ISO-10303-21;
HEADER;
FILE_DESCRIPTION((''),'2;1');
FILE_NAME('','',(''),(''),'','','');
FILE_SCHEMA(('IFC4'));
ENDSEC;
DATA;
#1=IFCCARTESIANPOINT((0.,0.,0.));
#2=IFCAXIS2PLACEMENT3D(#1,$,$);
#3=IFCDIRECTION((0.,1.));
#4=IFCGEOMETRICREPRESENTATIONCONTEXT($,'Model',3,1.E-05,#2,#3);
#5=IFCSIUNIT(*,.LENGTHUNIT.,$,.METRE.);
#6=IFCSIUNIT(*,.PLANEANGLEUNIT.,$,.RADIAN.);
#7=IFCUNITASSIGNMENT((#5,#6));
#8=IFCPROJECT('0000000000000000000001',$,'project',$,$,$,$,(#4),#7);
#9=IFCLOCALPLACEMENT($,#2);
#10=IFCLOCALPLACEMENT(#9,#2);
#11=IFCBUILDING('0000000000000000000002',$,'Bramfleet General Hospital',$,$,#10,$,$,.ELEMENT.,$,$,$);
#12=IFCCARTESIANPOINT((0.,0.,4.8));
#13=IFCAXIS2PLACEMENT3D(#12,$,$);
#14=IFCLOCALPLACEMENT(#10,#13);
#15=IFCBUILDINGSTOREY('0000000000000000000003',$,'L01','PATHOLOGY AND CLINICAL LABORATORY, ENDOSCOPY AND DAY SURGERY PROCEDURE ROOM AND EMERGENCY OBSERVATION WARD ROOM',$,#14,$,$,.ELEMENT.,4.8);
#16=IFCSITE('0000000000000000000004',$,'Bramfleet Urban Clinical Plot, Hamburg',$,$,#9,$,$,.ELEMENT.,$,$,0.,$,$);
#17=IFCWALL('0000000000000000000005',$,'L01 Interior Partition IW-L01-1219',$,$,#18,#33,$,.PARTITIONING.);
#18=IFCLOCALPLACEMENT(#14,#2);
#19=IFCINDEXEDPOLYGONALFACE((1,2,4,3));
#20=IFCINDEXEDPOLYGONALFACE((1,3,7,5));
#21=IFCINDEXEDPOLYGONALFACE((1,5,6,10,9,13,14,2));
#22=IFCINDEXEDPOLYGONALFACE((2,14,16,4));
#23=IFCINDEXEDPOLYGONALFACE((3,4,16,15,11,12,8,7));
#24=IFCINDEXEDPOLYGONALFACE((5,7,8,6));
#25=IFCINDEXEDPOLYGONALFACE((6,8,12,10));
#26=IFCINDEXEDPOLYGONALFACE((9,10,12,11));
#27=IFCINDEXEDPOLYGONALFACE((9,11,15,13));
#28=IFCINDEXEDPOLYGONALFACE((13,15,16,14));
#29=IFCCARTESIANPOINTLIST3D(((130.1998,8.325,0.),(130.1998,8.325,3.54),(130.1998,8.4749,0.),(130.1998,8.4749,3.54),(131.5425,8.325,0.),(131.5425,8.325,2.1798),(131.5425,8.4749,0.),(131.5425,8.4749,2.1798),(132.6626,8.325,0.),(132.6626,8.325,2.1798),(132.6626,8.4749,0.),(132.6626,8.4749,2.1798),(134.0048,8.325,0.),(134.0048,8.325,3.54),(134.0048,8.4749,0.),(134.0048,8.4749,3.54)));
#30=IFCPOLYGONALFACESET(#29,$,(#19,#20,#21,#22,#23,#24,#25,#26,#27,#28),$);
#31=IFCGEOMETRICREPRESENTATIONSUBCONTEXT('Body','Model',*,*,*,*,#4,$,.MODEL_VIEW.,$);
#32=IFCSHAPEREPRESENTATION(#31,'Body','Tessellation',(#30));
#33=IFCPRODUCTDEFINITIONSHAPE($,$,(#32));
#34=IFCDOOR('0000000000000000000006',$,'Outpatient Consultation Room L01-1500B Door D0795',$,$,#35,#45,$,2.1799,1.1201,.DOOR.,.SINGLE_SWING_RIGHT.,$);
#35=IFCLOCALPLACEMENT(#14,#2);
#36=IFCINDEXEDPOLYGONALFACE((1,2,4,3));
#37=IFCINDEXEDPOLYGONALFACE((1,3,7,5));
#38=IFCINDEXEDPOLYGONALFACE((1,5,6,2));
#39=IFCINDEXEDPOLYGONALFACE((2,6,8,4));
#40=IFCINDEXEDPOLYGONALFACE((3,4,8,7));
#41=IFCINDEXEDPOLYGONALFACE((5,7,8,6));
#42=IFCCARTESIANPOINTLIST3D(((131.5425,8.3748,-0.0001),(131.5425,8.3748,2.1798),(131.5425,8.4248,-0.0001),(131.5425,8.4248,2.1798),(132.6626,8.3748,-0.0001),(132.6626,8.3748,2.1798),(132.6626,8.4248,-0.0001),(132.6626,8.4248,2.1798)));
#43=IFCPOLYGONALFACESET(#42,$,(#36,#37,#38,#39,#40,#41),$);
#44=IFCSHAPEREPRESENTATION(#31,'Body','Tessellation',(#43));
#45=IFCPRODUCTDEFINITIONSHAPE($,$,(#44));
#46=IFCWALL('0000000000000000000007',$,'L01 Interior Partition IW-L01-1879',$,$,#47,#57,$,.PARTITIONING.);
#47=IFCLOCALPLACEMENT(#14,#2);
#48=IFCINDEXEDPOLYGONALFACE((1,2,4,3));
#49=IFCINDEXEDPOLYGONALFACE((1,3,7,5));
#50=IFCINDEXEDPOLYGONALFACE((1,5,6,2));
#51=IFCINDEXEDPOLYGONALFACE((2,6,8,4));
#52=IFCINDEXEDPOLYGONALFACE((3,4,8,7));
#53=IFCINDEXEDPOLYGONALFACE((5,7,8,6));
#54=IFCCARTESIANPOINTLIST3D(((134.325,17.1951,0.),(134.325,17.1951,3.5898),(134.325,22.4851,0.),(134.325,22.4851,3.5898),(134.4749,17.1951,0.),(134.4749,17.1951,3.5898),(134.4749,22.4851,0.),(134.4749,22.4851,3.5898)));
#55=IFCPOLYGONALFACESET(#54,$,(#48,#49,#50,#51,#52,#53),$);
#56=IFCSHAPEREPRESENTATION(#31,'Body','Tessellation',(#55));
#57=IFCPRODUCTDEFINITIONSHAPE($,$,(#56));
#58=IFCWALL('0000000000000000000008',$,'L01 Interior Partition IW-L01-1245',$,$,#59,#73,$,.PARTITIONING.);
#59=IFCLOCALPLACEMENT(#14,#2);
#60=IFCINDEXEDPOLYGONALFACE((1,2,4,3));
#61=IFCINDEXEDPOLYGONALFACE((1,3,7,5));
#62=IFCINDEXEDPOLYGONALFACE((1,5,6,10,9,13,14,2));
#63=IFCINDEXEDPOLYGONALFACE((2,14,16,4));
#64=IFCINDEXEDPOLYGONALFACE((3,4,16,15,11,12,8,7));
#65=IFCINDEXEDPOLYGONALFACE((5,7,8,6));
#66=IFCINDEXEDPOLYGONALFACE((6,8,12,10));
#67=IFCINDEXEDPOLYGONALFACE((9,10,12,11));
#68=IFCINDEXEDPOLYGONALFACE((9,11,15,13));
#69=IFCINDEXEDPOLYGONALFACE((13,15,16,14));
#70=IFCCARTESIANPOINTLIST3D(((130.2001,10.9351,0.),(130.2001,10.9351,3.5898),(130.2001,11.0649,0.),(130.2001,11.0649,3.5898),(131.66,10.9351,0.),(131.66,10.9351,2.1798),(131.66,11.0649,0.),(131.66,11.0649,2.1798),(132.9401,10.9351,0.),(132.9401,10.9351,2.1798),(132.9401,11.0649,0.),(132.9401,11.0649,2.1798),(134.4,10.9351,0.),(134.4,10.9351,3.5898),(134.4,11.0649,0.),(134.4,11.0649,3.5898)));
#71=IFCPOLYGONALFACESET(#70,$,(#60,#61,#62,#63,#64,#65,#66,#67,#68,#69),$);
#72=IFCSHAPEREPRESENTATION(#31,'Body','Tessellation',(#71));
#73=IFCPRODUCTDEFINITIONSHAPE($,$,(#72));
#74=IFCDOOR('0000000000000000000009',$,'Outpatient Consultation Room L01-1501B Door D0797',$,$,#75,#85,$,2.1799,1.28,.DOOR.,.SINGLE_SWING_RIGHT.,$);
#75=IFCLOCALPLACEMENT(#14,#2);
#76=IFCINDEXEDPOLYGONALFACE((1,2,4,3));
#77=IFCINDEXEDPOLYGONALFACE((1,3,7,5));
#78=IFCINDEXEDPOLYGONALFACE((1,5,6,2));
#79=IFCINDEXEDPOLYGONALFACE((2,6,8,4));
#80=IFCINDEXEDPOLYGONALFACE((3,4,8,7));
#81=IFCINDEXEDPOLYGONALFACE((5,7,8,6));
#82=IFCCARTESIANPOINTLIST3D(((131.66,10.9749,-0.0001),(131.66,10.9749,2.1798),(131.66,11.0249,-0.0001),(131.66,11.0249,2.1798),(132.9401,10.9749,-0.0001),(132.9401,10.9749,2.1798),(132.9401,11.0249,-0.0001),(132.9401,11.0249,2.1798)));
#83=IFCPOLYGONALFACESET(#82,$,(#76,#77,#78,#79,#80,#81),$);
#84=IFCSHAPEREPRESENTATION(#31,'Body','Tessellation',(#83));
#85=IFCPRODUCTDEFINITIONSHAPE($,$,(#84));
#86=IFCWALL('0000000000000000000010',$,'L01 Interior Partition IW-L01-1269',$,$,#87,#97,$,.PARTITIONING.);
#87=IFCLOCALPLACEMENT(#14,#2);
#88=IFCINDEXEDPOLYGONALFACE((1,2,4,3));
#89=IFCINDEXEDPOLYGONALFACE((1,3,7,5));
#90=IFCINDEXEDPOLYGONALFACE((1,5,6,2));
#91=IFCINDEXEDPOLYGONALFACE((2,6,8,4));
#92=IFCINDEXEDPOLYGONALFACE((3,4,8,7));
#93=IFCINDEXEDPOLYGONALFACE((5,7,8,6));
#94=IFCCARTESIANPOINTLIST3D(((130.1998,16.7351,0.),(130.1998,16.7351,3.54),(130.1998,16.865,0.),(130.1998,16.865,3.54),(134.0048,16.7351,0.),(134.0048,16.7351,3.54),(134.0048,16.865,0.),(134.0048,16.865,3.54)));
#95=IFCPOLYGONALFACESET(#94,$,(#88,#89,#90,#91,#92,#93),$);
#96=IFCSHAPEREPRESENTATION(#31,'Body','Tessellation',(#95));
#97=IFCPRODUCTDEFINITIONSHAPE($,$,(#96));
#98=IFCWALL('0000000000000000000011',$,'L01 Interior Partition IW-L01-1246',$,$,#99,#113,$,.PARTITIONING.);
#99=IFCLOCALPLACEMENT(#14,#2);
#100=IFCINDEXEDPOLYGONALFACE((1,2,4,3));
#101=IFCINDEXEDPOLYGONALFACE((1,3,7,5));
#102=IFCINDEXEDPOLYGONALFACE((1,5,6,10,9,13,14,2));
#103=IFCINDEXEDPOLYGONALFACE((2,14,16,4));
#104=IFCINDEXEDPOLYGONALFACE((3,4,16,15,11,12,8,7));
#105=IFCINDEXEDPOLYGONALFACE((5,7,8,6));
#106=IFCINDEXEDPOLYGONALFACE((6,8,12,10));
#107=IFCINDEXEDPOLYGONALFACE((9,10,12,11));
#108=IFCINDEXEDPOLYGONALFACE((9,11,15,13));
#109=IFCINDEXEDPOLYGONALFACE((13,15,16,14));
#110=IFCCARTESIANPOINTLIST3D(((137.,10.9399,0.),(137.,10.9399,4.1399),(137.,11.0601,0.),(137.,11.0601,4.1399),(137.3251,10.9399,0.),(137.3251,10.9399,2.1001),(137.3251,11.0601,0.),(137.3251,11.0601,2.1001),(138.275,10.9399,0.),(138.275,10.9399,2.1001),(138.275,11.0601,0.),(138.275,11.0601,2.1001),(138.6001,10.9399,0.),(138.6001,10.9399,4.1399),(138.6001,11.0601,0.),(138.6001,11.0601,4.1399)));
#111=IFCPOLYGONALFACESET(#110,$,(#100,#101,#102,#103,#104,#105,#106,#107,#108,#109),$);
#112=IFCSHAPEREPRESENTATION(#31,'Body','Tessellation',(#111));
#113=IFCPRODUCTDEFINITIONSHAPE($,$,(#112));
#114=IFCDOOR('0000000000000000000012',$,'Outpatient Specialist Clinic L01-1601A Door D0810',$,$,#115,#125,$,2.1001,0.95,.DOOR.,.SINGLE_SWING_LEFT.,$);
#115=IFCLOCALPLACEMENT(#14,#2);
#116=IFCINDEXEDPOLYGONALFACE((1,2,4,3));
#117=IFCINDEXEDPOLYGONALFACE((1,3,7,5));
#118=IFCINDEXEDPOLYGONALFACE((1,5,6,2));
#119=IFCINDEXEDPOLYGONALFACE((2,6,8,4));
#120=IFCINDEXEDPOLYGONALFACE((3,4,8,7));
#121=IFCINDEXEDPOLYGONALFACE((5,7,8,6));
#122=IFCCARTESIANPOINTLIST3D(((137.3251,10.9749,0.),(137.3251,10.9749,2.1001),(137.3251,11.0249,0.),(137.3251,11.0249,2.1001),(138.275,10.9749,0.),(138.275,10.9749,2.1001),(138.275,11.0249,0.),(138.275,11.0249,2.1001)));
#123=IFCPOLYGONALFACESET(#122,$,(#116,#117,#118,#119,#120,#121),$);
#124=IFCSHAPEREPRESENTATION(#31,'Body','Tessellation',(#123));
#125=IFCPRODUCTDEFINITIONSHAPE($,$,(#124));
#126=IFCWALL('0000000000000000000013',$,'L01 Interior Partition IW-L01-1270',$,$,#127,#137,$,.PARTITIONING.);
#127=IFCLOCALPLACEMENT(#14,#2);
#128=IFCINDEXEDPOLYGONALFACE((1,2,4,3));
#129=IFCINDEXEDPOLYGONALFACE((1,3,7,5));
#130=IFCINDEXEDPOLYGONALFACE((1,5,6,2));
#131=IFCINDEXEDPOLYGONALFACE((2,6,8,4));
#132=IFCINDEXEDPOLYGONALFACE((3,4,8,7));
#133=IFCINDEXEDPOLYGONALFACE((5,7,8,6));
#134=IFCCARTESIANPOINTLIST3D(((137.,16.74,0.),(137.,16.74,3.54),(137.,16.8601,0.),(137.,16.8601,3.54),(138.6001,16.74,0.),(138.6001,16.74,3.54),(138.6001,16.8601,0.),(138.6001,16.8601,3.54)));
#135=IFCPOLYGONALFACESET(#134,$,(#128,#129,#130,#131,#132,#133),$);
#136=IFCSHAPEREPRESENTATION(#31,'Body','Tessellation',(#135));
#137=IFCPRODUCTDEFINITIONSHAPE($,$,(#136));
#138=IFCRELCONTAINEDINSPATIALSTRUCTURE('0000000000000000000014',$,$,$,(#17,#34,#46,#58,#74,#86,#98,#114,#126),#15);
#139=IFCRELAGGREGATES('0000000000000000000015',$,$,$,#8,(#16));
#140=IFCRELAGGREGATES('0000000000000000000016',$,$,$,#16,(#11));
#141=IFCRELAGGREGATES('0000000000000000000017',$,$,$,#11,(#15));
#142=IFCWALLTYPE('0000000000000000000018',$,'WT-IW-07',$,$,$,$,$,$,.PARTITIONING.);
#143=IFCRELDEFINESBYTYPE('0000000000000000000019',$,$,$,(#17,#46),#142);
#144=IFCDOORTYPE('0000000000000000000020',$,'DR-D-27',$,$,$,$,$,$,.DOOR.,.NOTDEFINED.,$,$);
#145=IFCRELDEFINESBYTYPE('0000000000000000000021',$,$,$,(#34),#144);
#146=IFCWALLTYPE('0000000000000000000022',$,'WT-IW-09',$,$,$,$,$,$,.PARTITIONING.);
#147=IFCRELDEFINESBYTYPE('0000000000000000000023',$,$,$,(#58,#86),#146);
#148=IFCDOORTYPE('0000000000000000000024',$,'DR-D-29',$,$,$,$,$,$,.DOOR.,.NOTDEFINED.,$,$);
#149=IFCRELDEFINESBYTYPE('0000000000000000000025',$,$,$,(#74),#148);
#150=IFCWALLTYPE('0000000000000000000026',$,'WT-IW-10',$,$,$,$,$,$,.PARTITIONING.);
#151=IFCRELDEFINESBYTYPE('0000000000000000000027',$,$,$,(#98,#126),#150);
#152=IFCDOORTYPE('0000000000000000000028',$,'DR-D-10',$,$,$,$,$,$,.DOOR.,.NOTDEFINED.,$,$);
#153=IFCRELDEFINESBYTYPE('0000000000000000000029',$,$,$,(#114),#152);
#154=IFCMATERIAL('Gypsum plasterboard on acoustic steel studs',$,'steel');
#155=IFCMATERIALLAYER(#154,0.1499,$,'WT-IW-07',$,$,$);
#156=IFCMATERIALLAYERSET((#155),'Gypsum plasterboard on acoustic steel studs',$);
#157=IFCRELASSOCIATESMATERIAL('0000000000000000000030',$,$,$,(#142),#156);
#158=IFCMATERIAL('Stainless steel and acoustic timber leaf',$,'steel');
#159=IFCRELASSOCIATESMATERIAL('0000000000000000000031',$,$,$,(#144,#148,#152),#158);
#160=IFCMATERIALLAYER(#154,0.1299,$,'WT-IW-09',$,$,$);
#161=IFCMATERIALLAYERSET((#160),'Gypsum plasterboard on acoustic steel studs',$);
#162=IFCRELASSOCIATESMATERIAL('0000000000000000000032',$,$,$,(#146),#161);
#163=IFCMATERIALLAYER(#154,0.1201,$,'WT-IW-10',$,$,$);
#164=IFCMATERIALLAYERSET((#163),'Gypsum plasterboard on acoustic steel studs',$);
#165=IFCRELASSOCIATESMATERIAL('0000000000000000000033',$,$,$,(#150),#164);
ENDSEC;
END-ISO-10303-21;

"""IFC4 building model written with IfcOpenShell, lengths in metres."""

from ifc_helpers import new_model, si_unit, direction, frame, frame_2d, origin, place, context, subcontext, project, spatial, rectangle, extrude, material, layer, layer_set, type_object, element, fill, save


model = new_model("IFC4")

# Units and contexts
model_context = context("Model", 3, precision=1e-05, world=origin(), true_north=direction((0.0, 1.0)))
body_context = subcontext(model_context, "Body", "Model", "MODEL_VIEW")
ifc_project = project(units=[si_unit("LENGTHUNIT", "METRE"), si_unit("PLANEANGLEUNIT", "RADIAN")], contexts=[model_context])

# Site, building, storey
site_placement = place(None, origin())
site = spatial("IfcSite", under=ifc_project, at=site_placement, Name="Bramfleet Urban Clinical Plot, Hamburg", CompositionType="ELEMENT", RefElevation=0.0)
building_placement = place(site_placement, origin())
building = spatial("IfcBuilding", under=site, at=building_placement, Name="Bramfleet General Hospital", CompositionType="ELEMENT")
storey_placement = place(building_placement, frame((0.0, 0.0, 4.8)))
storey = spatial("IfcBuildingStorey", under=building, at=storey_placement, Name="L01", Description="PATHOLOGY AND CLINICAL LABORATORY, ENDOSCOPY AND DAY SURGERY PROCEDURE ROOM AND EMERGENCY OBSERVATION WARD ROOM", CompositionType="ELEMENT", Elevation=4.8)

# Shared definitions
ifc_material_1 = material(Name="Gypsum plasterboard on acoustic steel studs", Category="steel")

# Wall, opening, door
ifc_layer_1 = layer(ifc_material_1, 0.1499, Name="WT-IW-07")
ifc_layer_set_1 = layer_set([ifc_layer_1], Name="Gypsum plasterboard on acoustic steel studs")
wall_type_1 = type_object("IfcWallType", Name="WT-IW-07", PredefinedType="PARTITIONING", material=ifc_layer_set_1)
wall_1_placement = place(storey_placement, frame((130.2, 8.3999, 0.0), z_axis=(0.0, 0.0, 1.0), x_axis=(1.0, 0.0, 0.0)))
wall_1 = element("IfcWall", 1, at=wall_1_placement, inside=storey, type_object=wall_type_1, Name="L01 Interior Partition IW-L01-1219", PredefinedType="PARTITIONING", context=body_context, shape_type="SweptSolid", body=[
    extrude(rectangle(XDim=3.8049, YDim=0.1499, at=frame_2d((1.9023, 0.0))), origin(), (0.0, 0.0, 1.0), 3.54),
])
opening_1_placement = place(wall_1_placement, frame((1.3425, 0.0, 0.0)))
opening_1 = element("IfcOpeningElement", 2, at=opening_1_placement, cuts=wall_1, PredefinedType="OPENING", context=body_context, shape_type="SweptSolid", body=[
    extrude(rectangle(XDim=1.1201, YDim=2.1799, at=frame_2d((0.5601, 1.0898))), frame((0.0, 0.085, 0.0), z_axis=(0.0, -1.0, 0.0), x_axis=(1.0, 0.0, 0.0)), (0.0, 0.0, 1.0), 0.1699),
])
ifc_material_2 = material(Name="Stainless steel and acoustic timber leaf", Category="steel")
door_type_1 = type_object("IfcDoorType", Name="DR-D-27", OperationType="NOTDEFINED", PredefinedType="DOOR", material=ifc_material_2)
door_1_placement = place(opening_1_placement, origin())
door_1 = element("IfcDoor", 3, at=door_1_placement, inside=storey, type_object=door_type_1, Name="Outpatient Consultation Room L01-1500B Door D0795", OperationType="SINGLE_SWING_RIGHT", OverallHeight=2.1799, OverallWidth=1.1201, PredefinedType="DOOR", context=body_context, shape_type="SweptSolid", body=[
    extrude(rectangle(XDim=1.1201, YDim=2.1799, at=frame_2d((0.5601, 1.0898))), frame((0.0, 0.0249, 0.0), z_axis=(0.0, -1.0, 0.0), x_axis=(1.0, 0.0, 0.0)), (0.0, 0.0, 1.0), 0.05),
])
fill(opening_1, door_1)

# Wall
wall_2_placement = place(storey_placement, frame((134.3999, 17.1951, 0.0), z_axis=(0.0, 0.0, 1.0), x_axis=(0.0, 1.0, 0.0)))
element("IfcWall", 4, at=wall_2_placement, inside=storey, type_object=wall_type_1, Name="L01 Interior Partition IW-L01-1879", PredefinedType="PARTITIONING", context=body_context, shape_type="SweptSolid", body=[
    extrude(rectangle(XDim=5.29, YDim=0.1499, at=frame_2d((2.645, 0.0))), origin(), (0.0, 0.0, 1.0), 3.5898),
])

# Wall, opening, door
ifc_layer_2 = layer(ifc_material_1, 0.1299, Name="WT-IW-09")
ifc_layer_set_2 = layer_set([ifc_layer_2], Name="Gypsum plasterboard on acoustic steel studs")
wall_type_2 = type_object("IfcWallType", Name="WT-IW-09", PredefinedType="PARTITIONING", material=ifc_layer_set_2)
wall_3_placement = place(storey_placement, frame((130.2, 11.0, 0.0), z_axis=(0.0, 0.0, 1.0), x_axis=(1.0, 0.0, 0.0)))
wall_3 = element("IfcWall", 5, at=wall_3_placement, inside=storey, type_object=wall_type_2, Name="L01 Interior Partition IW-L01-1245", PredefinedType="PARTITIONING", context=body_context, shape_type="SweptSolid", body=[
    extrude(rectangle(XDim=4.2, YDim=0.1299, at=frame_2d((2.1001, 0.0))), origin(), (0.0, 0.0, 1.0), 3.5898),
])
opening_2_placement = place(wall_3_placement, frame((1.46, 0.0, 0.0)))
opening_2 = element("IfcOpeningElement", 6, at=opening_2_placement, cuts=wall_3, PredefinedType="OPENING", context=body_context, shape_type="SweptSolid", body=[
    extrude(rectangle(XDim=1.28, YDim=2.1799, at=frame_2d((0.6401, 1.0898))), frame((0.0, 0.075, 0.0), z_axis=(0.0, -1.0, 0.0), x_axis=(1.0, 0.0, 0.0)), (0.0, 0.0, 1.0), 0.1499),
])
door_type_2 = type_object("IfcDoorType", Name="DR-D-29", OperationType="NOTDEFINED", PredefinedType="DOOR", material=ifc_material_2)
door_2_placement = place(opening_2_placement, origin())
door_2 = element("IfcDoor", 7, at=door_2_placement, inside=storey, type_object=door_type_2, Name="Outpatient Consultation Room L01-1501B Door D0797", OperationType="SINGLE_SWING_RIGHT", OverallHeight=2.1799, OverallWidth=1.28, PredefinedType="DOOR", context=body_context, shape_type="SweptSolid", body=[
    extrude(rectangle(XDim=1.28, YDim=2.1799, at=frame_2d((0.6401, 1.0898))), frame((0.0, 0.0249, 0.0), z_axis=(0.0, -1.0, 0.0), x_axis=(1.0, 0.0, 0.0)), (0.0, 0.0, 1.0), 0.05),
])
fill(opening_2, door_2)

# Wall
wall_4_placement = place(storey_placement, frame((130.2, 16.8, 0.0), z_axis=(0.0, 0.0, 1.0), x_axis=(1.0, 0.0, 0.0)))
element("IfcWall", 8, at=wall_4_placement, inside=storey, type_object=wall_type_2, Name="L01 Interior Partition IW-L01-1269", PredefinedType="PARTITIONING", context=body_context, shape_type="SweptSolid", body=[
    extrude(rectangle(XDim=3.8049, YDim=0.1299, at=frame_2d((1.9023, 0.0))), origin(), (0.0, 0.0, 1.0), 3.54),
])

# Wall, opening, door
ifc_layer_3 = layer(ifc_material_1, 0.1201, Name="WT-IW-10")
ifc_layer_set_3 = layer_set([ifc_layer_3], Name="Gypsum plasterboard on acoustic steel studs")
wall_type_3 = type_object("IfcWallType", Name="WT-IW-10", PredefinedType="PARTITIONING", material=ifc_layer_set_3)
wall_5_placement = place(storey_placement, frame((137.0, 11.0, 0.0), z_axis=(0.0, 0.0, 1.0), x_axis=(1.0, 0.0, 0.0)))
wall_5 = element("IfcWall", 9, at=wall_5_placement, inside=storey, type_object=wall_type_3, Name="L01 Interior Partition IW-L01-1246", PredefinedType="PARTITIONING", context=body_context, shape_type="SweptSolid", body=[
    extrude(rectangle(XDim=1.6001, YDim=0.1201, at=frame_2d((0.8, 0.0))), origin(), (0.0, 0.0, 1.0), 4.1399),
])
opening_3_placement = place(wall_5_placement, frame((0.325, 0.0, 0.0)))
opening_3 = element("IfcOpeningElement", 10, at=opening_3_placement, cuts=wall_5, PredefinedType="OPENING", context=body_context, shape_type="SweptSolid", body=[
    extrude(rectangle(XDim=0.95, YDim=2.1001, at=frame_2d((0.4751, 1.05))), frame((0.0, 0.0701, 0.0), z_axis=(0.0, -1.0, 0.0), x_axis=(1.0, 0.0, 0.0)), (0.0, 0.0, 1.0), 0.1401),
])
door_type_3 = type_object("IfcDoorType", Name="DR-D-10", OperationType="NOTDEFINED", PredefinedType="DOOR", material=ifc_material_2)
door_3_placement = place(opening_3_placement, origin())
door_3 = element("IfcDoor", 11, at=door_3_placement, inside=storey, type_object=door_type_3, Name="Outpatient Specialist Clinic L01-1601A Door D0810", OperationType="SINGLE_SWING_LEFT", OverallHeight=2.1001, OverallWidth=0.95, PredefinedType="DOOR", context=body_context, shape_type="SweptSolid", body=[
    extrude(rectangle(XDim=0.95, YDim=2.1001, at=frame_2d((0.4751, 1.05))), frame((0.0, 0.0249, 0.0), z_axis=(0.0, -1.0, 0.0), x_axis=(1.0, 0.0, 0.0)), (0.0, 0.0, 1.0), 0.05),
])
fill(opening_3, door_3)

# Wall
wall_6_placement = place(storey_placement, frame((137.0, 16.8, 0.0), z_axis=(0.0, 0.0, 1.0), x_axis=(1.0, 0.0, 0.0)))
element("IfcWall", 12, at=wall_6_placement, inside=storey, type_object=wall_type_3, Name="L01 Interior Partition IW-L01-1270", PredefinedType="PARTITIONING", context=body_context, shape_type="SweptSolid", body=[
    extrude(rectangle(XDim=1.6001, YDim=0.1201, at=frame_2d((0.8, 0.0))), origin(), (0.0, 0.0, 1.0), 3.54),
])

save(model, "model.ifc")
